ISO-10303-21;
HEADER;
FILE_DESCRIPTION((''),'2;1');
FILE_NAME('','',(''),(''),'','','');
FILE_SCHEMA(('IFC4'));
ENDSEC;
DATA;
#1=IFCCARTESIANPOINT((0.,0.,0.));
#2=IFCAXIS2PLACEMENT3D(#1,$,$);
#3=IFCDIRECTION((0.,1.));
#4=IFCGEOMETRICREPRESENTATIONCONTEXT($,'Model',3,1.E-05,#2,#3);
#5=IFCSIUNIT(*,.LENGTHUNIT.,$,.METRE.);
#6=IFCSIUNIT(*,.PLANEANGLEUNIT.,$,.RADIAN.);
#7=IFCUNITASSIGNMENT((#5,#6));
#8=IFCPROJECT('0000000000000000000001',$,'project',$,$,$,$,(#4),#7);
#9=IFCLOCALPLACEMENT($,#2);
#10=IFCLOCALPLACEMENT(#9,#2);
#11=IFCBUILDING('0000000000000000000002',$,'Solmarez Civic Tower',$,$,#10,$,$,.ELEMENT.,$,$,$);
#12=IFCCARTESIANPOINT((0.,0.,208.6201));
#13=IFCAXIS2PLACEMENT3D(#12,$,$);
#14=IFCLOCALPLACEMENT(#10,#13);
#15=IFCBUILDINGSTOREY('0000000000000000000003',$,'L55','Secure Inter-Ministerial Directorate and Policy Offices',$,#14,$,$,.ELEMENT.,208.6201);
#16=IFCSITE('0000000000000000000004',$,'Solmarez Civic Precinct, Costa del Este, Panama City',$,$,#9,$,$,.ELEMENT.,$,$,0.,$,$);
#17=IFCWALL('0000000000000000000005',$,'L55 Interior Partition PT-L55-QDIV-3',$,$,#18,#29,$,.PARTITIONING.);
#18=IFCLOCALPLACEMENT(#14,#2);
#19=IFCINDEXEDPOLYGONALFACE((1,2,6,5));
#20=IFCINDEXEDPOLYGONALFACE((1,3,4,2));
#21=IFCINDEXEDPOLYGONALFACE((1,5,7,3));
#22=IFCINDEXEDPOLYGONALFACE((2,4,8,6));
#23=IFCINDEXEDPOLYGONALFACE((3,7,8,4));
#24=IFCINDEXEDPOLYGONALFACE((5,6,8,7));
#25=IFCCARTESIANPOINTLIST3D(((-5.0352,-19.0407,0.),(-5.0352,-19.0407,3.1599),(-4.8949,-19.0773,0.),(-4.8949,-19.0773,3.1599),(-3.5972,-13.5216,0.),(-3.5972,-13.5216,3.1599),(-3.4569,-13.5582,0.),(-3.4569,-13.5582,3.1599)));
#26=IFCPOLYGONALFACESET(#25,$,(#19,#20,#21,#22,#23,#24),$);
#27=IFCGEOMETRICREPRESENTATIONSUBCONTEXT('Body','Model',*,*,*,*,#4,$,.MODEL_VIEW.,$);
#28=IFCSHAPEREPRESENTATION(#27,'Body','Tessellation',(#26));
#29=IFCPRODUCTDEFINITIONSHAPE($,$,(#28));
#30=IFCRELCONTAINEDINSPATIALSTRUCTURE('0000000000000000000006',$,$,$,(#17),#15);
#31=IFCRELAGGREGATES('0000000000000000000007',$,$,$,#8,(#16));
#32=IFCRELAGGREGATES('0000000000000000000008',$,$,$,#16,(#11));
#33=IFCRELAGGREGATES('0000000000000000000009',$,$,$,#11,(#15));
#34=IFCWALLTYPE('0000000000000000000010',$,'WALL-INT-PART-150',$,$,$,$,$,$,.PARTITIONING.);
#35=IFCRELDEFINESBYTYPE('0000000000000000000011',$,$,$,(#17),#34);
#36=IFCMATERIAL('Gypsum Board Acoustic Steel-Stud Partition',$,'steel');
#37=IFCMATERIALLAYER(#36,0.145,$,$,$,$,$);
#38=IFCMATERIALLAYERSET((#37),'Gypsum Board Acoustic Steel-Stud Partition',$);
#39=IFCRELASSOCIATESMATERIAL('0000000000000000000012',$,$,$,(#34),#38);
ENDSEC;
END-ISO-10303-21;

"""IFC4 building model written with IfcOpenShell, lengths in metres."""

from ifc_helpers import new_model, si_unit, direction, frame, frame_2d, origin, place, context, subcontext, project, spatial, rectangle, extrude, material, layer, layer_set, type_object, element, save


model = new_model("IFC4")

# Units and contexts
model_context = context("Model", 3, precision=1e-05, world=origin(), true_north=direction((0.0, 1.0)))
body_context = subcontext(model_context, "Body", "Model", "MODEL_VIEW")
ifc_project = project(units=[si_unit("LENGTHUNIT", "METRE"), si_unit("PLANEANGLEUNIT", "RADIAN")], contexts=[model_context])

# Site, building, storey
site_placement = place(None, origin())
site = spatial("IfcSite", under=ifc_project, at=site_placement, Name="Solmarez Civic Precinct, Costa del Este, Panama City", CompositionType="ELEMENT", RefElevation=0.0)
building_placement = place(site_placement, origin())
building = spatial("IfcBuilding", under=site, at=building_placement, Name="Solmarez Civic Tower", CompositionType="ELEMENT")
storey_placement = place(building_placement, frame((0.0, 0.0, 208.6201)))
storey = spatial("IfcBuildingStorey", under=building, at=storey_placement, Name="L55", Description="Secure Inter-Ministerial Directorate and Policy Offices", CompositionType="ELEMENT", Elevation=208.6201)

# Wall
ifc_material_1 = material(Name="Gypsum Board Acoustic Steel-Stud Partition", Category="steel")
ifc_layer_1 = layer(ifc_material_1, 0.145)
ifc_layer_set_1 = layer_set([ifc_layer_1], Name="Gypsum Board Acoustic Steel-Stud Partition")
wall_type_1 = type_object("IfcWallType", Name="WALL-INT-PART-150", PredefinedType="PARTITIONING", material=ifc_layer_set_1)
wall_1_placement = place(storey_placement, frame((-3.5271, -13.54, 0.0), z_axis=(0.0, 0.0, 1.0), x_axis=(-0.252133, -0.967693, 0.0)))
element("IfcWall", 1, at=wall_1_placement, inside=storey, type_object=wall_type_1, Name="L55 Interior Partition PT-L55-QDIV-3", PredefinedType="PARTITIONING", context=body_context, shape_type="SweptSolid", body=[
    extrude(rectangle(XDim=5.7034, YDim=0.145, at=frame_2d((2.8516, 0.0))), origin(), (0.0, 0.0, 1.0), 3.1599),
])

save(model, "model.ifc")
